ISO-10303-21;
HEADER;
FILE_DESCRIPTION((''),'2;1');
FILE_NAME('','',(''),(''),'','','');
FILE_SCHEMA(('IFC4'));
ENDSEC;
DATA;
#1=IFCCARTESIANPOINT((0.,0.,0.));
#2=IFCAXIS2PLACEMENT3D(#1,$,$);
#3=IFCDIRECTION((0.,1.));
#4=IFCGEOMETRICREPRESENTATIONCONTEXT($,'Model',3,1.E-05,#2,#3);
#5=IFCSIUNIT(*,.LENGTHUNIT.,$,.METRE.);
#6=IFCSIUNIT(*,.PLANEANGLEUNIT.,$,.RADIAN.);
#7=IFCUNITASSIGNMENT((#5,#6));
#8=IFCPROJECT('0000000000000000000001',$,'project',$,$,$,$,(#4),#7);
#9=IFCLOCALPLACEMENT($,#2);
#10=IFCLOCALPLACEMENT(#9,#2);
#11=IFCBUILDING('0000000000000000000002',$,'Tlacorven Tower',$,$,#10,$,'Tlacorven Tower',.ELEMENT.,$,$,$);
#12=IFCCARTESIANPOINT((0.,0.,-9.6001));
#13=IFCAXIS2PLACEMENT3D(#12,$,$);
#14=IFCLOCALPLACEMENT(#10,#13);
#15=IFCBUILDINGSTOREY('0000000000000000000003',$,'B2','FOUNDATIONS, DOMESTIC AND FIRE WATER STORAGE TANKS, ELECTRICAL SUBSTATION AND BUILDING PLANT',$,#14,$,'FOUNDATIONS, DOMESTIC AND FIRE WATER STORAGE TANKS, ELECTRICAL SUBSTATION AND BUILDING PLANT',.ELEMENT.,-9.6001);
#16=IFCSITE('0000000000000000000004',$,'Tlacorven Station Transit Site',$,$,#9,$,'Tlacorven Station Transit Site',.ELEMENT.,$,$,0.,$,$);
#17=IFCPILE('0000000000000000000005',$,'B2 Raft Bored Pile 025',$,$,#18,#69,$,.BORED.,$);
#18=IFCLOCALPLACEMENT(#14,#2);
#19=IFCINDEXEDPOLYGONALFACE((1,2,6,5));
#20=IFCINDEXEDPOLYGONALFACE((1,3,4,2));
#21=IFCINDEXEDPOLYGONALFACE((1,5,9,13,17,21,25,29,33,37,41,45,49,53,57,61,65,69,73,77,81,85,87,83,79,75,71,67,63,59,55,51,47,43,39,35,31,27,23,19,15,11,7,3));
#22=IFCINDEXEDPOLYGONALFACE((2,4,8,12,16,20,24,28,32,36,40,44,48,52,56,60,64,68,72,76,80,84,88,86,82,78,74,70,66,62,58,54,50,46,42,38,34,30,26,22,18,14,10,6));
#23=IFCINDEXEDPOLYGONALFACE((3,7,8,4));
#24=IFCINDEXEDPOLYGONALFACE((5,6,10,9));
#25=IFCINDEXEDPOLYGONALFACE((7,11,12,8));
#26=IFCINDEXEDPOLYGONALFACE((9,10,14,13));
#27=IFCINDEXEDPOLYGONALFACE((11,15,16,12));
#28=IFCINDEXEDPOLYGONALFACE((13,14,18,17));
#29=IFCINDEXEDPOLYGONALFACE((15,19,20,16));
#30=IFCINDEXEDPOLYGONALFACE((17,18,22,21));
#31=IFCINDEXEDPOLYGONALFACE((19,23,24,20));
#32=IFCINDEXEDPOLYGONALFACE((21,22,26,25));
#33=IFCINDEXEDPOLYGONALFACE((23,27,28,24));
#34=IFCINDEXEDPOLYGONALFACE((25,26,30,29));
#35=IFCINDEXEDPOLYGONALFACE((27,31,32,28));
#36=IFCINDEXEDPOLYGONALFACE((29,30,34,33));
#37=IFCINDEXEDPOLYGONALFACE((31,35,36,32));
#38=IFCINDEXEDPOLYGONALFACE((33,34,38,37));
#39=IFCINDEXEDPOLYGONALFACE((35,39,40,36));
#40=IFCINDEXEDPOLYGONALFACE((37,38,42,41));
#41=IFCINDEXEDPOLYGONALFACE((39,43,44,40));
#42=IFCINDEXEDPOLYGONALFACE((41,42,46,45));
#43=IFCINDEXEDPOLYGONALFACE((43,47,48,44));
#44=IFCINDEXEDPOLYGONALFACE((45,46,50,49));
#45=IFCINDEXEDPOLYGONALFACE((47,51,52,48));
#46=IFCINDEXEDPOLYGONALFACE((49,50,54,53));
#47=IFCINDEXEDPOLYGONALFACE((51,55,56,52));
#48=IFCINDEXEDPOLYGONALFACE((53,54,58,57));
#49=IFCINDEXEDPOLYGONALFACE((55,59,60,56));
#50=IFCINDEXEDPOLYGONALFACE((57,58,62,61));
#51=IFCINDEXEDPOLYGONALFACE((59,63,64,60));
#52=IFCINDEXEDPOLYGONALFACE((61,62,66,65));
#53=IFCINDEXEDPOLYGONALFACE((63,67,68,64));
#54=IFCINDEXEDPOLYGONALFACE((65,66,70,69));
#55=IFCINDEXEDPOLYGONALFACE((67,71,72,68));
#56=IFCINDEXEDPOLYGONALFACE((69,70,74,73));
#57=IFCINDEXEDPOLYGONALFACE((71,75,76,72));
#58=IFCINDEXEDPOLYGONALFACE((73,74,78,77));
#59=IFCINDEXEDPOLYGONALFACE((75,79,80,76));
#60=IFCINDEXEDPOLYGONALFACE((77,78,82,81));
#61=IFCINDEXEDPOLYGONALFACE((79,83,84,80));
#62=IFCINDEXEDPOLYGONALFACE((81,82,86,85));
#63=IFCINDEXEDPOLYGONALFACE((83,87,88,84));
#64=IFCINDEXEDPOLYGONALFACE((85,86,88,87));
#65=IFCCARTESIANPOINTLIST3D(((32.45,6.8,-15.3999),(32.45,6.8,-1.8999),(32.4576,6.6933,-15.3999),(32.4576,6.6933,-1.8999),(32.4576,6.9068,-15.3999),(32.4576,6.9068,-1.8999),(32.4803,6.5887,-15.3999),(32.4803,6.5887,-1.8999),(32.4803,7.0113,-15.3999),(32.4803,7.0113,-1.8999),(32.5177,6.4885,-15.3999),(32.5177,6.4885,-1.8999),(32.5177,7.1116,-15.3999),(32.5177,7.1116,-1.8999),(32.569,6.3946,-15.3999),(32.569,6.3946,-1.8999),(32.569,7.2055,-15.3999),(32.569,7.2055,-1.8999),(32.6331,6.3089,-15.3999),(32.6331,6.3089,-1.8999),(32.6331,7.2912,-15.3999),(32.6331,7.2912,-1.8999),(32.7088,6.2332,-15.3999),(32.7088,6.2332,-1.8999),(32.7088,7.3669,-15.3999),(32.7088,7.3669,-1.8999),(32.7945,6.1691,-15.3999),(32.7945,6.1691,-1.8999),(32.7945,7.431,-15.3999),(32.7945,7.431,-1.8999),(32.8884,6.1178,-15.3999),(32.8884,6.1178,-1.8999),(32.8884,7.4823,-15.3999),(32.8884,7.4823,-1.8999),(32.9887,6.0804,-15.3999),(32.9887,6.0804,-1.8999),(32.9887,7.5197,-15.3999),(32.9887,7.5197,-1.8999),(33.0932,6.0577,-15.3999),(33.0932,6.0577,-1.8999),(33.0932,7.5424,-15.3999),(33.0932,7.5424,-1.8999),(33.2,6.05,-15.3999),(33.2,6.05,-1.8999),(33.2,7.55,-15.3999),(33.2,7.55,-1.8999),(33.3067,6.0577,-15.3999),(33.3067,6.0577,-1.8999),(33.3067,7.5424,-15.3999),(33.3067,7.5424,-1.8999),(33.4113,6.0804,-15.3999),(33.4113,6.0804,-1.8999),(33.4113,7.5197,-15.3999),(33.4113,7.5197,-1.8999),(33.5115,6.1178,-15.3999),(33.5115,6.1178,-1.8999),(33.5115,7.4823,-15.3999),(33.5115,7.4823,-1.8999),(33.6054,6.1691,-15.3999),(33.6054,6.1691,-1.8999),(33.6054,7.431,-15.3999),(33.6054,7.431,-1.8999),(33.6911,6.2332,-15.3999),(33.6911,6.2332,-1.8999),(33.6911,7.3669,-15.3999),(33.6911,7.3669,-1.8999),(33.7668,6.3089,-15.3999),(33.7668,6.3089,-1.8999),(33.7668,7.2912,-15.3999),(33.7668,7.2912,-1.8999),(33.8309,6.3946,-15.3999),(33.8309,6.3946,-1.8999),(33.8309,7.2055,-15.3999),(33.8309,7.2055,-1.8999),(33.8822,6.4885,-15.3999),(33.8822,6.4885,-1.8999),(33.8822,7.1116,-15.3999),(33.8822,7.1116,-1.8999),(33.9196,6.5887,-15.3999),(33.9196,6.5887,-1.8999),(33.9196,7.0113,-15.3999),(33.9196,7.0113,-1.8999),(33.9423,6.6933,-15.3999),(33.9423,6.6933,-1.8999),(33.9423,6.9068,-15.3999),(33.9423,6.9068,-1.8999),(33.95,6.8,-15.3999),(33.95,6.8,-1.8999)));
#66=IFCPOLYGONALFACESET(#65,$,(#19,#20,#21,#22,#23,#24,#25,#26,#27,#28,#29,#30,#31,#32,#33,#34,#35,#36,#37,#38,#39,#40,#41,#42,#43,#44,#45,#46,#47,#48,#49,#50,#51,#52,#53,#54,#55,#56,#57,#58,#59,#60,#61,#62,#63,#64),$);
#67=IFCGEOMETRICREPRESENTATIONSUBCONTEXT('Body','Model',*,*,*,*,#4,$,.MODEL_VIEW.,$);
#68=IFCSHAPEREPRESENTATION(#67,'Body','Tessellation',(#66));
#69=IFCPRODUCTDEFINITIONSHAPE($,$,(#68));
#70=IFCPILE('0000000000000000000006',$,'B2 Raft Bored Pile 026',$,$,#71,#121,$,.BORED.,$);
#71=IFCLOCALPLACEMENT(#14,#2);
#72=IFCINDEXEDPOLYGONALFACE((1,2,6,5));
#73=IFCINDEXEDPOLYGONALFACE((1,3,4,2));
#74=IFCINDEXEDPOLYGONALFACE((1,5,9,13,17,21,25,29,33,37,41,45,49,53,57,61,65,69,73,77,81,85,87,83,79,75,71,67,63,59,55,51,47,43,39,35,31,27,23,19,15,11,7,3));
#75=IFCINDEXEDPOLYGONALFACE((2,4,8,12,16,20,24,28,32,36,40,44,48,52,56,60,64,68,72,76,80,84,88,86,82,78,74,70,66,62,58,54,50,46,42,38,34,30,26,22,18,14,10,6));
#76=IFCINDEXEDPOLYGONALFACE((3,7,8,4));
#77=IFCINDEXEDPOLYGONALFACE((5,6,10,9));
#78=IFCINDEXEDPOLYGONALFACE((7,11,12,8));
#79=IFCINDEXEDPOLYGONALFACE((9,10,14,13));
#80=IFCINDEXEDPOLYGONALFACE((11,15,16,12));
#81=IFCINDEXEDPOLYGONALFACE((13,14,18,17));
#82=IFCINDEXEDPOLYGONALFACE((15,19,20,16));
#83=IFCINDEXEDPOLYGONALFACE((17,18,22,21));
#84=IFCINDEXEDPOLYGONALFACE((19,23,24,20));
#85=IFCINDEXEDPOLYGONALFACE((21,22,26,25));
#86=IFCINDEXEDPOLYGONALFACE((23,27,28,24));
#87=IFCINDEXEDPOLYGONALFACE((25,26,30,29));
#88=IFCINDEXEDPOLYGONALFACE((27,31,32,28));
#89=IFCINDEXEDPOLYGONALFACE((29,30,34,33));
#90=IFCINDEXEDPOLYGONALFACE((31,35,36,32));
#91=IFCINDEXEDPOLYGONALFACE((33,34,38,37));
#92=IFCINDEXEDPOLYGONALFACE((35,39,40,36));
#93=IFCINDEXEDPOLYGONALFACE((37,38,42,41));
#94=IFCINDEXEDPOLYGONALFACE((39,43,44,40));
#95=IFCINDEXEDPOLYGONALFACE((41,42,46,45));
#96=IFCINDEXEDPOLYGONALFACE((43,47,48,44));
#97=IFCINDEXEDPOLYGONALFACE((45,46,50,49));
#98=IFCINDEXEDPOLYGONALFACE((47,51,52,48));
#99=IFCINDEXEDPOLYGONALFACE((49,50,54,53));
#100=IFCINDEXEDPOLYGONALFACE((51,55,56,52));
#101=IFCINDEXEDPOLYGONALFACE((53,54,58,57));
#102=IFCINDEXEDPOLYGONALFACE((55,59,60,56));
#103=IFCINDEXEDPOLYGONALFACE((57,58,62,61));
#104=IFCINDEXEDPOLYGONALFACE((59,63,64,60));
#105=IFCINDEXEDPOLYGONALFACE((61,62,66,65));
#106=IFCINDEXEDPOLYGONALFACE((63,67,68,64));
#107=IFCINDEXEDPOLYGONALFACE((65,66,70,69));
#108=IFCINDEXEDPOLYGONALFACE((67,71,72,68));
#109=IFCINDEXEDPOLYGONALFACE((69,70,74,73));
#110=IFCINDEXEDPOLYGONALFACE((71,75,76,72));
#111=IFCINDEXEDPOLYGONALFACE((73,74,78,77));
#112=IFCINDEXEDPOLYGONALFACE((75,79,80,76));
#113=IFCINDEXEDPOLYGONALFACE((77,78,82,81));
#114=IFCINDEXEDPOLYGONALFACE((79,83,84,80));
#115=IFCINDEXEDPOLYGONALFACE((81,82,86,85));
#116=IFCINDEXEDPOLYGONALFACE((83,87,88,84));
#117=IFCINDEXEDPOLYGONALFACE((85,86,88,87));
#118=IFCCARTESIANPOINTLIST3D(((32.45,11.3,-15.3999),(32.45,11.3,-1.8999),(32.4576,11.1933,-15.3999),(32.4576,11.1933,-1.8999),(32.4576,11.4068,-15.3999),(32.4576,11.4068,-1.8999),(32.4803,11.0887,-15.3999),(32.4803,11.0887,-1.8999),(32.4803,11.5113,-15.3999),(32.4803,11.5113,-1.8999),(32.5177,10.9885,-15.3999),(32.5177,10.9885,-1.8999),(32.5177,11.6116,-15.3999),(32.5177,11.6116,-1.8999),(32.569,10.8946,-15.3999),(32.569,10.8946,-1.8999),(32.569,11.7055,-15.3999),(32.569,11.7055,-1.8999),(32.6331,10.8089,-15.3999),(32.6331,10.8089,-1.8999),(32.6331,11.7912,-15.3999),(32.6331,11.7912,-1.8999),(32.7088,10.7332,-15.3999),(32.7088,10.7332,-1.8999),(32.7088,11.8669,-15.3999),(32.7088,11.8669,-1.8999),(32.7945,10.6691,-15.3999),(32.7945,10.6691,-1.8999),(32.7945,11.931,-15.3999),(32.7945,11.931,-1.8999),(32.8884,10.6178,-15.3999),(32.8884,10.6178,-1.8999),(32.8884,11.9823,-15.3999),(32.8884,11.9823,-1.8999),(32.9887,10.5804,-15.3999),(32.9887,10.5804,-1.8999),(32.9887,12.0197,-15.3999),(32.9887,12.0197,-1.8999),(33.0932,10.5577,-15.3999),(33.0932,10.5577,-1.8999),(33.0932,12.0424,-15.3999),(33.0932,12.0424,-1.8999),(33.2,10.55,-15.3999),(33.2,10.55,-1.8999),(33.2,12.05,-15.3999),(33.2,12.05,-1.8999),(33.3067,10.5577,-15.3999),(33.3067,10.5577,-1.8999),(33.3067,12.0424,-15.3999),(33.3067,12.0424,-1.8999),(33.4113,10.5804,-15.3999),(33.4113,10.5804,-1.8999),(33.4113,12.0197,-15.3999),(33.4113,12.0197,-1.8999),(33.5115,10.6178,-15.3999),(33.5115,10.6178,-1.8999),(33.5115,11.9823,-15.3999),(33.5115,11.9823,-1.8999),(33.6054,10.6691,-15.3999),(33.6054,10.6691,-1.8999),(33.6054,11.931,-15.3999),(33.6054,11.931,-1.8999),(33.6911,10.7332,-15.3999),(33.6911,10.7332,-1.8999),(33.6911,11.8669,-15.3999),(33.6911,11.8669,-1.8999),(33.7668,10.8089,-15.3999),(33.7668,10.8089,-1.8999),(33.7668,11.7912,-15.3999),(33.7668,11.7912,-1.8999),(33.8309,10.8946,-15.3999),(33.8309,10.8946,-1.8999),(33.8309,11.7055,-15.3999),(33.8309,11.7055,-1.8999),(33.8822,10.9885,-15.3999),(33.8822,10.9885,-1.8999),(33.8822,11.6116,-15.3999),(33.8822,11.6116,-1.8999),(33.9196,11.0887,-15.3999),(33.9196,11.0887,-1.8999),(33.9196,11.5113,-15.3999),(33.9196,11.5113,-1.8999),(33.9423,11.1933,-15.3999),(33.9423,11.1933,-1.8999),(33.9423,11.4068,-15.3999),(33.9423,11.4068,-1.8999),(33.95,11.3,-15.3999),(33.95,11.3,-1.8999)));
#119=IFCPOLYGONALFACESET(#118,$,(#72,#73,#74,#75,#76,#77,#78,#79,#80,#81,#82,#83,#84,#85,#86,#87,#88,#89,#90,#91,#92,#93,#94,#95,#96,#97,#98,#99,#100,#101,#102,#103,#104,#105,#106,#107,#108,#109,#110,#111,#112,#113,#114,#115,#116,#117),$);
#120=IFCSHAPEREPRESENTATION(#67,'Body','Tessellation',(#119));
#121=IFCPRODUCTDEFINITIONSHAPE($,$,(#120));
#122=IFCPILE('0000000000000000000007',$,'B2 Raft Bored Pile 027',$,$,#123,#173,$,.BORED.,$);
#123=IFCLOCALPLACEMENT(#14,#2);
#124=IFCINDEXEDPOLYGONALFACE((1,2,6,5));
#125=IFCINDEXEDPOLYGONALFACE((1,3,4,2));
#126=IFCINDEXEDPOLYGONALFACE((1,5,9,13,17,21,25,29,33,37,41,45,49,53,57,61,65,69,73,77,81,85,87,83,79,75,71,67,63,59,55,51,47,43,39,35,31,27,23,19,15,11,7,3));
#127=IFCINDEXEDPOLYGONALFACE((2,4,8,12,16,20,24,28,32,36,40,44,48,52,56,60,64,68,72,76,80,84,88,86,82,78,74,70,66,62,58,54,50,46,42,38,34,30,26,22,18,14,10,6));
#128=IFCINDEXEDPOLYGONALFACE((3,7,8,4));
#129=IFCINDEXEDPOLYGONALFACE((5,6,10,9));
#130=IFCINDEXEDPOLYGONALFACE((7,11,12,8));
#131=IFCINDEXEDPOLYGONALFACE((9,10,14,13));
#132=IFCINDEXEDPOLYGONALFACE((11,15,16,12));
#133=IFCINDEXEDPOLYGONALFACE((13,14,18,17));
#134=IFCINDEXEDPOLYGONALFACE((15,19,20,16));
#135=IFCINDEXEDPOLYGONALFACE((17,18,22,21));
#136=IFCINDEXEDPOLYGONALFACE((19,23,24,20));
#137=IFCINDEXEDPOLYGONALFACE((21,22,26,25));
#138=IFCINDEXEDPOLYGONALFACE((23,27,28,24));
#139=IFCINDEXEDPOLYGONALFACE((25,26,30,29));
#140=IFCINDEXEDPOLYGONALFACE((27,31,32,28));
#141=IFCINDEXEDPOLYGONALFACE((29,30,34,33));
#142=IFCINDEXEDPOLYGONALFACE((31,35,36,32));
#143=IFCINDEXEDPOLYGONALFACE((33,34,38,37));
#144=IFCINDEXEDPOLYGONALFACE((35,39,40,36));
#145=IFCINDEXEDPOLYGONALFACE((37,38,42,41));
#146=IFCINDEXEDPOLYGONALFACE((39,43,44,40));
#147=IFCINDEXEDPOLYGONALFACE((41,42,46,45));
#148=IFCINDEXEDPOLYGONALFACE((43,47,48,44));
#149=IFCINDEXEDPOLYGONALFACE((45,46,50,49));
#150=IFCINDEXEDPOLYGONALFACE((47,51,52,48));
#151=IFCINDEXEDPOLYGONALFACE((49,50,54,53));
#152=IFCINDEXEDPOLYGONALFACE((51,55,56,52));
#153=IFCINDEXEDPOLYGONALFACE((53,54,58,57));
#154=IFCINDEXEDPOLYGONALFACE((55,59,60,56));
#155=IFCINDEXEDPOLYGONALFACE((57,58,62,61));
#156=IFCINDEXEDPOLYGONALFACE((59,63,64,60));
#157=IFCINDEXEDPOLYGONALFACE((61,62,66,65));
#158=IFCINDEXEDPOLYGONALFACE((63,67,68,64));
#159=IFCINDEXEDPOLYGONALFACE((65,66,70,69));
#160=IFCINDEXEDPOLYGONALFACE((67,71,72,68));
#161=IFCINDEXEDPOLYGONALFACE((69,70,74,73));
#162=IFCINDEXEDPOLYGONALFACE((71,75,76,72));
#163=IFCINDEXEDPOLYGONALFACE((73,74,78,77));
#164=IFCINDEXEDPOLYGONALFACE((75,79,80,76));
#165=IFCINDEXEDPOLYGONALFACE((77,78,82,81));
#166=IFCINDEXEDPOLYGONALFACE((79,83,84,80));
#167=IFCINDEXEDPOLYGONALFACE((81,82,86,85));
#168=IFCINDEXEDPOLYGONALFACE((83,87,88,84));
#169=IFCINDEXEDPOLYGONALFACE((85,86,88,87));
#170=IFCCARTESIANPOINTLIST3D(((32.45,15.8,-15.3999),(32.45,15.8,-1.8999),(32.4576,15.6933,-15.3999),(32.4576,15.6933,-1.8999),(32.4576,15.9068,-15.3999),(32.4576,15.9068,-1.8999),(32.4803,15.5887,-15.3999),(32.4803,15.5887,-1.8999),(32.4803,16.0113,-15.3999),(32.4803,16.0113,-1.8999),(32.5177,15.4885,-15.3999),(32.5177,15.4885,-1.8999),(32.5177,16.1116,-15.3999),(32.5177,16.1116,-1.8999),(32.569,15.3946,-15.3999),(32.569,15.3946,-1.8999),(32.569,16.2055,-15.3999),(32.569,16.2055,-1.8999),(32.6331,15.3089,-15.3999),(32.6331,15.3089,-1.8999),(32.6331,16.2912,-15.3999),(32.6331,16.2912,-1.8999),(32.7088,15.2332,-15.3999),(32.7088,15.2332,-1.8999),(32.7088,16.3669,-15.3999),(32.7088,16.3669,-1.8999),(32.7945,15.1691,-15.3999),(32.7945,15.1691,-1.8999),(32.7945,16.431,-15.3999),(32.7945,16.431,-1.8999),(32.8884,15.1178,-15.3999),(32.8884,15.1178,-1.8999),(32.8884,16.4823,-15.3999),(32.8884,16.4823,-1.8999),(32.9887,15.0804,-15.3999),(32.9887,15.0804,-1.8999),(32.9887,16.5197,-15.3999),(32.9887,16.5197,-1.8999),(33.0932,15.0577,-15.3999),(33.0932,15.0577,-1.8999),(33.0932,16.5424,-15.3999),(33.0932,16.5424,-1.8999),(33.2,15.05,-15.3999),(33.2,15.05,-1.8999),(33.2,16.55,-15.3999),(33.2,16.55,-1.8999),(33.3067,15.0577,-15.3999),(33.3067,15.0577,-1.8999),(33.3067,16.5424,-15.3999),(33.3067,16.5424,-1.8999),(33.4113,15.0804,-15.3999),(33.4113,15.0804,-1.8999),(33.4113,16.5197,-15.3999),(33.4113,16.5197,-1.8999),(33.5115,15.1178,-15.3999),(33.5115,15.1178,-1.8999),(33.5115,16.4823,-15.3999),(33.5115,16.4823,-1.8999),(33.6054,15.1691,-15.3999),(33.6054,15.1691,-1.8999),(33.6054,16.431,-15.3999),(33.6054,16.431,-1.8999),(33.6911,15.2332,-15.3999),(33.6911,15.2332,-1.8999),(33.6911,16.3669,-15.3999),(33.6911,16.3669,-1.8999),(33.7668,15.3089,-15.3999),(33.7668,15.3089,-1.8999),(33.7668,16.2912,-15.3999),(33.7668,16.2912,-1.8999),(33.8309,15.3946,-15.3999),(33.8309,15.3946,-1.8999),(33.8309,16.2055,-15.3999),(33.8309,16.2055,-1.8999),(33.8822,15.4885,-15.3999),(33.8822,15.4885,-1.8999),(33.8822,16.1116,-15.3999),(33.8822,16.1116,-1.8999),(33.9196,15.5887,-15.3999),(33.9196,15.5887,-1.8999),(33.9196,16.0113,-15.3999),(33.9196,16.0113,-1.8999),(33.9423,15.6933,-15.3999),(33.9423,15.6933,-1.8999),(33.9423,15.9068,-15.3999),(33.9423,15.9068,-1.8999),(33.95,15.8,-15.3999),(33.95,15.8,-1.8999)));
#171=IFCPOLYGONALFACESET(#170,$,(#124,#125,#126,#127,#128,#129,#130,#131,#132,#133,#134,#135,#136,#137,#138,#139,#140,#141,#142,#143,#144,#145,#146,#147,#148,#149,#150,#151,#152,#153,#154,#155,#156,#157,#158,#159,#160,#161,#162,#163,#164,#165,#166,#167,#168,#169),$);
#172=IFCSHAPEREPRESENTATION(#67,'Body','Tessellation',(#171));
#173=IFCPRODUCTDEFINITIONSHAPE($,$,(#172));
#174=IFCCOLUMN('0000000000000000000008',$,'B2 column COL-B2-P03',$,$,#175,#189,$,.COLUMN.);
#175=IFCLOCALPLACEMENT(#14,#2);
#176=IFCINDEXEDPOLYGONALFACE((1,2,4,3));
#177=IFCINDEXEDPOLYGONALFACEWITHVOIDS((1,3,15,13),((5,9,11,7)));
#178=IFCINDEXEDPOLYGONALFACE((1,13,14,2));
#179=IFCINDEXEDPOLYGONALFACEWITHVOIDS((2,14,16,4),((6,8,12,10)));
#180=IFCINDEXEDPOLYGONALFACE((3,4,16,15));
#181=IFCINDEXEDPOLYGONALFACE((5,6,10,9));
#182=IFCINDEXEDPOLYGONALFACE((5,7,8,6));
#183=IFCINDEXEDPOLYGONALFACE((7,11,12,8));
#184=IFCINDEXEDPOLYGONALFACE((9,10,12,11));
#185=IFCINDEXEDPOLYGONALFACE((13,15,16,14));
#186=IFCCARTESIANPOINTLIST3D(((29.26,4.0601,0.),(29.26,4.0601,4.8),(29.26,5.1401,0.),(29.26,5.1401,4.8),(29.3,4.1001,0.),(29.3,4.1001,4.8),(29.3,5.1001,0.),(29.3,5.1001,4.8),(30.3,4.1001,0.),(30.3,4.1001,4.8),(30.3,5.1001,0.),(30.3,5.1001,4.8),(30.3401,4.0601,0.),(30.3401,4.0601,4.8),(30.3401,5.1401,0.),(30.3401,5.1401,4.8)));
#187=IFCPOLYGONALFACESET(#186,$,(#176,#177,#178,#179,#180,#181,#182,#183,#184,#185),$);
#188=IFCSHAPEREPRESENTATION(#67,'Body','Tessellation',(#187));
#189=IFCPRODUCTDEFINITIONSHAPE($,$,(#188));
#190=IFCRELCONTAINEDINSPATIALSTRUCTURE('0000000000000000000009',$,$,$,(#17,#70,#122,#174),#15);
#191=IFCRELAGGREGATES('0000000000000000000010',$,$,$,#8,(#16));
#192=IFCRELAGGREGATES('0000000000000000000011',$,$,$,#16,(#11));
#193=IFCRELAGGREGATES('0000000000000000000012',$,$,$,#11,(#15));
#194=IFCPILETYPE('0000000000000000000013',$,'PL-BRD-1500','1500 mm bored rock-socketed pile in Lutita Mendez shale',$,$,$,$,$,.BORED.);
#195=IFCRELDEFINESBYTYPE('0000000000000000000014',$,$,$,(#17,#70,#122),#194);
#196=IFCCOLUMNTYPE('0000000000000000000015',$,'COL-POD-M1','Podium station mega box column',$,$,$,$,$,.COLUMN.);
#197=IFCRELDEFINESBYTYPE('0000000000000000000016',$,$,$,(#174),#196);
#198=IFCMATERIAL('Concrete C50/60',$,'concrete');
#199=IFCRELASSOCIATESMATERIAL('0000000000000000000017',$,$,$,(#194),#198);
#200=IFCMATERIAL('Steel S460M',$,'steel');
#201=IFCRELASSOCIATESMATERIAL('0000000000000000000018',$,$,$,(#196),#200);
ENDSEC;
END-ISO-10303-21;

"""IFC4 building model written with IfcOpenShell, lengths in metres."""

from ifc_helpers import new_model, si_unit, direction, frame, origin, origin_2d, place, context, subcontext, project, spatial, hollow_rectangle, circle, extrude, source, transform, mapped, material, material_profile, profile_set, type_object, element, save


model = new_model("IFC4")

# Units and contexts
model_context = context("Model", 3, precision=1e-05, world=origin(), true_north=direction((0.0, 1.0)))
body_context = subcontext(model_context, "Body", "Model", "MODEL_VIEW")
ifc_project = project(units=[si_unit("LENGTHUNIT", "METRE"), si_unit("PLANEANGLEUNIT", "RADIAN")], contexts=[model_context])

# Site, building, storey
site_placement = place(None, origin())
site = spatial("IfcSite", under=ifc_project, at=site_placement, Name="Tlacorven Station Transit Site", LongName="Tlacorven Station Transit Site", CompositionType="ELEMENT", RefElevation=0.0)
building_placement = place(site_placement, origin())
building = spatial("IfcBuilding", under=site, at=building_placement, Name="Tlacorven Tower", LongName="Tlacorven Tower", CompositionType="ELEMENT")
storey_placement = place(building_placement, frame((0.0, 0.0, -9.6001)))
storey = spatial("IfcBuildingStorey", under=building, at=storey_placement, Name="B2", Description="FOUNDATIONS, DOMESTIC AND FIRE WATER STORAGE TANKS, ELECTRICAL SUBSTATION AND BUILDING PLANT", LongName="FOUNDATIONS, DOMESTIC AND FIRE WATER STORAGE TANKS, ELECTRICAL SUBSTATION AND BUILDING PLANT", CompositionType="ELEMENT", Elevation=-9.6001)

# Piles
ifc_material_1 = material(Name="Concrete C50/60", Category="concrete")
ifc_material_profile_1 = material_profile(ifc_material_1, circle(Radius=0.75, at=origin_2d()), Name="BORED PILE D1500")
ifc_profile_set_1 = profile_set([ifc_material_profile_1], Name="Concrete C50/60")
pile_type = type_object("IfcPileType", Name="PL-BRD-1500", Description="1500 mm bored rock-socketed pile in Lutita Mendez shale", PredefinedType="BORED", material=ifc_profile_set_1)
shared_shape_1 = source(origin(), body_context, "Body", "SweptSolid", [
    extrude(circle(Radius=0.75, at=origin_2d()), origin(), (0.0, 0.0, 1.0), 13.5),
])
for number, where, z_axis, x_axis, name in (
    (1, (33.2, 6.8, -1.8999), (0.0, 0.0, -1.0), (1.0, 0.0, 0.0), "B2 Raft Bored Pile 025"),
    (2, (33.2, 11.3, -1.8999), (0.0, 0.0, -1.0), (1.0, 0.0, 0.0), "B2 Raft Bored Pile 026"),
    (3, (33.2, 15.8, -1.8999), (0.0, 0.0, -1.0), (1.0, 0.0, 0.0), "B2 Raft Bored Pile 027"),
):
    element("IfcPile", number, at=place(storey_placement, frame(where, z_axis=z_axis, x_axis=x_axis)), inside=storey, type_object=pile_type, Name=name, PredefinedType="BORED", context=body_context, shape_type="MappedRepresentation", body=[
        mapped(shared_shape_1, transform((0.0, 0.0, 0.0), scale=1.0)),
    ])

# Column
ifc_material_2 = material(Name="Steel S460M", Category="steel")
ifc_material_profile_2 = material_profile(ifc_material_2, hollow_rectangle(XDim=1.0801, YDim=1.0801, WallThickness=0.04, at=origin_2d()), Name="BOX 1080X1080X40")
ifc_profile_set_2 = profile_set([ifc_material_profile_2], Name="Steel S460M")
column_type_1 = type_object("IfcColumnType", Name="COL-POD-M1", Description="Podium station mega box column", PredefinedType="COLUMN", material=ifc_profile_set_2)
shared_shape_2 = source(origin(), body_context, "Body", "SweptSolid", [
    extrude(hollow_rectangle(XDim=1.0801, YDim=1.0801, WallThickness=0.04, at=origin_2d()), origin(), (0.0, 0.0, 1.0), 4.8),
])
column_1_placement = place(storey_placement, frame((29.8, 4.6001, 0.0), z_axis=(0.0, 0.0, 1.0), x_axis=(1.0, 0.0, 0.0)))
element("IfcColumn", 4, at=column_1_placement, inside=storey, type_object=column_type_1, Name="B2 column COL-B2-P03", PredefinedType="COLUMN", context=body_context, shape_type="MappedRepresentation", body=[
    mapped(shared_shape_2, transform((0.0, 0.0, 0.0), scale=1.0)),
])

save(model, "model.ifc")
